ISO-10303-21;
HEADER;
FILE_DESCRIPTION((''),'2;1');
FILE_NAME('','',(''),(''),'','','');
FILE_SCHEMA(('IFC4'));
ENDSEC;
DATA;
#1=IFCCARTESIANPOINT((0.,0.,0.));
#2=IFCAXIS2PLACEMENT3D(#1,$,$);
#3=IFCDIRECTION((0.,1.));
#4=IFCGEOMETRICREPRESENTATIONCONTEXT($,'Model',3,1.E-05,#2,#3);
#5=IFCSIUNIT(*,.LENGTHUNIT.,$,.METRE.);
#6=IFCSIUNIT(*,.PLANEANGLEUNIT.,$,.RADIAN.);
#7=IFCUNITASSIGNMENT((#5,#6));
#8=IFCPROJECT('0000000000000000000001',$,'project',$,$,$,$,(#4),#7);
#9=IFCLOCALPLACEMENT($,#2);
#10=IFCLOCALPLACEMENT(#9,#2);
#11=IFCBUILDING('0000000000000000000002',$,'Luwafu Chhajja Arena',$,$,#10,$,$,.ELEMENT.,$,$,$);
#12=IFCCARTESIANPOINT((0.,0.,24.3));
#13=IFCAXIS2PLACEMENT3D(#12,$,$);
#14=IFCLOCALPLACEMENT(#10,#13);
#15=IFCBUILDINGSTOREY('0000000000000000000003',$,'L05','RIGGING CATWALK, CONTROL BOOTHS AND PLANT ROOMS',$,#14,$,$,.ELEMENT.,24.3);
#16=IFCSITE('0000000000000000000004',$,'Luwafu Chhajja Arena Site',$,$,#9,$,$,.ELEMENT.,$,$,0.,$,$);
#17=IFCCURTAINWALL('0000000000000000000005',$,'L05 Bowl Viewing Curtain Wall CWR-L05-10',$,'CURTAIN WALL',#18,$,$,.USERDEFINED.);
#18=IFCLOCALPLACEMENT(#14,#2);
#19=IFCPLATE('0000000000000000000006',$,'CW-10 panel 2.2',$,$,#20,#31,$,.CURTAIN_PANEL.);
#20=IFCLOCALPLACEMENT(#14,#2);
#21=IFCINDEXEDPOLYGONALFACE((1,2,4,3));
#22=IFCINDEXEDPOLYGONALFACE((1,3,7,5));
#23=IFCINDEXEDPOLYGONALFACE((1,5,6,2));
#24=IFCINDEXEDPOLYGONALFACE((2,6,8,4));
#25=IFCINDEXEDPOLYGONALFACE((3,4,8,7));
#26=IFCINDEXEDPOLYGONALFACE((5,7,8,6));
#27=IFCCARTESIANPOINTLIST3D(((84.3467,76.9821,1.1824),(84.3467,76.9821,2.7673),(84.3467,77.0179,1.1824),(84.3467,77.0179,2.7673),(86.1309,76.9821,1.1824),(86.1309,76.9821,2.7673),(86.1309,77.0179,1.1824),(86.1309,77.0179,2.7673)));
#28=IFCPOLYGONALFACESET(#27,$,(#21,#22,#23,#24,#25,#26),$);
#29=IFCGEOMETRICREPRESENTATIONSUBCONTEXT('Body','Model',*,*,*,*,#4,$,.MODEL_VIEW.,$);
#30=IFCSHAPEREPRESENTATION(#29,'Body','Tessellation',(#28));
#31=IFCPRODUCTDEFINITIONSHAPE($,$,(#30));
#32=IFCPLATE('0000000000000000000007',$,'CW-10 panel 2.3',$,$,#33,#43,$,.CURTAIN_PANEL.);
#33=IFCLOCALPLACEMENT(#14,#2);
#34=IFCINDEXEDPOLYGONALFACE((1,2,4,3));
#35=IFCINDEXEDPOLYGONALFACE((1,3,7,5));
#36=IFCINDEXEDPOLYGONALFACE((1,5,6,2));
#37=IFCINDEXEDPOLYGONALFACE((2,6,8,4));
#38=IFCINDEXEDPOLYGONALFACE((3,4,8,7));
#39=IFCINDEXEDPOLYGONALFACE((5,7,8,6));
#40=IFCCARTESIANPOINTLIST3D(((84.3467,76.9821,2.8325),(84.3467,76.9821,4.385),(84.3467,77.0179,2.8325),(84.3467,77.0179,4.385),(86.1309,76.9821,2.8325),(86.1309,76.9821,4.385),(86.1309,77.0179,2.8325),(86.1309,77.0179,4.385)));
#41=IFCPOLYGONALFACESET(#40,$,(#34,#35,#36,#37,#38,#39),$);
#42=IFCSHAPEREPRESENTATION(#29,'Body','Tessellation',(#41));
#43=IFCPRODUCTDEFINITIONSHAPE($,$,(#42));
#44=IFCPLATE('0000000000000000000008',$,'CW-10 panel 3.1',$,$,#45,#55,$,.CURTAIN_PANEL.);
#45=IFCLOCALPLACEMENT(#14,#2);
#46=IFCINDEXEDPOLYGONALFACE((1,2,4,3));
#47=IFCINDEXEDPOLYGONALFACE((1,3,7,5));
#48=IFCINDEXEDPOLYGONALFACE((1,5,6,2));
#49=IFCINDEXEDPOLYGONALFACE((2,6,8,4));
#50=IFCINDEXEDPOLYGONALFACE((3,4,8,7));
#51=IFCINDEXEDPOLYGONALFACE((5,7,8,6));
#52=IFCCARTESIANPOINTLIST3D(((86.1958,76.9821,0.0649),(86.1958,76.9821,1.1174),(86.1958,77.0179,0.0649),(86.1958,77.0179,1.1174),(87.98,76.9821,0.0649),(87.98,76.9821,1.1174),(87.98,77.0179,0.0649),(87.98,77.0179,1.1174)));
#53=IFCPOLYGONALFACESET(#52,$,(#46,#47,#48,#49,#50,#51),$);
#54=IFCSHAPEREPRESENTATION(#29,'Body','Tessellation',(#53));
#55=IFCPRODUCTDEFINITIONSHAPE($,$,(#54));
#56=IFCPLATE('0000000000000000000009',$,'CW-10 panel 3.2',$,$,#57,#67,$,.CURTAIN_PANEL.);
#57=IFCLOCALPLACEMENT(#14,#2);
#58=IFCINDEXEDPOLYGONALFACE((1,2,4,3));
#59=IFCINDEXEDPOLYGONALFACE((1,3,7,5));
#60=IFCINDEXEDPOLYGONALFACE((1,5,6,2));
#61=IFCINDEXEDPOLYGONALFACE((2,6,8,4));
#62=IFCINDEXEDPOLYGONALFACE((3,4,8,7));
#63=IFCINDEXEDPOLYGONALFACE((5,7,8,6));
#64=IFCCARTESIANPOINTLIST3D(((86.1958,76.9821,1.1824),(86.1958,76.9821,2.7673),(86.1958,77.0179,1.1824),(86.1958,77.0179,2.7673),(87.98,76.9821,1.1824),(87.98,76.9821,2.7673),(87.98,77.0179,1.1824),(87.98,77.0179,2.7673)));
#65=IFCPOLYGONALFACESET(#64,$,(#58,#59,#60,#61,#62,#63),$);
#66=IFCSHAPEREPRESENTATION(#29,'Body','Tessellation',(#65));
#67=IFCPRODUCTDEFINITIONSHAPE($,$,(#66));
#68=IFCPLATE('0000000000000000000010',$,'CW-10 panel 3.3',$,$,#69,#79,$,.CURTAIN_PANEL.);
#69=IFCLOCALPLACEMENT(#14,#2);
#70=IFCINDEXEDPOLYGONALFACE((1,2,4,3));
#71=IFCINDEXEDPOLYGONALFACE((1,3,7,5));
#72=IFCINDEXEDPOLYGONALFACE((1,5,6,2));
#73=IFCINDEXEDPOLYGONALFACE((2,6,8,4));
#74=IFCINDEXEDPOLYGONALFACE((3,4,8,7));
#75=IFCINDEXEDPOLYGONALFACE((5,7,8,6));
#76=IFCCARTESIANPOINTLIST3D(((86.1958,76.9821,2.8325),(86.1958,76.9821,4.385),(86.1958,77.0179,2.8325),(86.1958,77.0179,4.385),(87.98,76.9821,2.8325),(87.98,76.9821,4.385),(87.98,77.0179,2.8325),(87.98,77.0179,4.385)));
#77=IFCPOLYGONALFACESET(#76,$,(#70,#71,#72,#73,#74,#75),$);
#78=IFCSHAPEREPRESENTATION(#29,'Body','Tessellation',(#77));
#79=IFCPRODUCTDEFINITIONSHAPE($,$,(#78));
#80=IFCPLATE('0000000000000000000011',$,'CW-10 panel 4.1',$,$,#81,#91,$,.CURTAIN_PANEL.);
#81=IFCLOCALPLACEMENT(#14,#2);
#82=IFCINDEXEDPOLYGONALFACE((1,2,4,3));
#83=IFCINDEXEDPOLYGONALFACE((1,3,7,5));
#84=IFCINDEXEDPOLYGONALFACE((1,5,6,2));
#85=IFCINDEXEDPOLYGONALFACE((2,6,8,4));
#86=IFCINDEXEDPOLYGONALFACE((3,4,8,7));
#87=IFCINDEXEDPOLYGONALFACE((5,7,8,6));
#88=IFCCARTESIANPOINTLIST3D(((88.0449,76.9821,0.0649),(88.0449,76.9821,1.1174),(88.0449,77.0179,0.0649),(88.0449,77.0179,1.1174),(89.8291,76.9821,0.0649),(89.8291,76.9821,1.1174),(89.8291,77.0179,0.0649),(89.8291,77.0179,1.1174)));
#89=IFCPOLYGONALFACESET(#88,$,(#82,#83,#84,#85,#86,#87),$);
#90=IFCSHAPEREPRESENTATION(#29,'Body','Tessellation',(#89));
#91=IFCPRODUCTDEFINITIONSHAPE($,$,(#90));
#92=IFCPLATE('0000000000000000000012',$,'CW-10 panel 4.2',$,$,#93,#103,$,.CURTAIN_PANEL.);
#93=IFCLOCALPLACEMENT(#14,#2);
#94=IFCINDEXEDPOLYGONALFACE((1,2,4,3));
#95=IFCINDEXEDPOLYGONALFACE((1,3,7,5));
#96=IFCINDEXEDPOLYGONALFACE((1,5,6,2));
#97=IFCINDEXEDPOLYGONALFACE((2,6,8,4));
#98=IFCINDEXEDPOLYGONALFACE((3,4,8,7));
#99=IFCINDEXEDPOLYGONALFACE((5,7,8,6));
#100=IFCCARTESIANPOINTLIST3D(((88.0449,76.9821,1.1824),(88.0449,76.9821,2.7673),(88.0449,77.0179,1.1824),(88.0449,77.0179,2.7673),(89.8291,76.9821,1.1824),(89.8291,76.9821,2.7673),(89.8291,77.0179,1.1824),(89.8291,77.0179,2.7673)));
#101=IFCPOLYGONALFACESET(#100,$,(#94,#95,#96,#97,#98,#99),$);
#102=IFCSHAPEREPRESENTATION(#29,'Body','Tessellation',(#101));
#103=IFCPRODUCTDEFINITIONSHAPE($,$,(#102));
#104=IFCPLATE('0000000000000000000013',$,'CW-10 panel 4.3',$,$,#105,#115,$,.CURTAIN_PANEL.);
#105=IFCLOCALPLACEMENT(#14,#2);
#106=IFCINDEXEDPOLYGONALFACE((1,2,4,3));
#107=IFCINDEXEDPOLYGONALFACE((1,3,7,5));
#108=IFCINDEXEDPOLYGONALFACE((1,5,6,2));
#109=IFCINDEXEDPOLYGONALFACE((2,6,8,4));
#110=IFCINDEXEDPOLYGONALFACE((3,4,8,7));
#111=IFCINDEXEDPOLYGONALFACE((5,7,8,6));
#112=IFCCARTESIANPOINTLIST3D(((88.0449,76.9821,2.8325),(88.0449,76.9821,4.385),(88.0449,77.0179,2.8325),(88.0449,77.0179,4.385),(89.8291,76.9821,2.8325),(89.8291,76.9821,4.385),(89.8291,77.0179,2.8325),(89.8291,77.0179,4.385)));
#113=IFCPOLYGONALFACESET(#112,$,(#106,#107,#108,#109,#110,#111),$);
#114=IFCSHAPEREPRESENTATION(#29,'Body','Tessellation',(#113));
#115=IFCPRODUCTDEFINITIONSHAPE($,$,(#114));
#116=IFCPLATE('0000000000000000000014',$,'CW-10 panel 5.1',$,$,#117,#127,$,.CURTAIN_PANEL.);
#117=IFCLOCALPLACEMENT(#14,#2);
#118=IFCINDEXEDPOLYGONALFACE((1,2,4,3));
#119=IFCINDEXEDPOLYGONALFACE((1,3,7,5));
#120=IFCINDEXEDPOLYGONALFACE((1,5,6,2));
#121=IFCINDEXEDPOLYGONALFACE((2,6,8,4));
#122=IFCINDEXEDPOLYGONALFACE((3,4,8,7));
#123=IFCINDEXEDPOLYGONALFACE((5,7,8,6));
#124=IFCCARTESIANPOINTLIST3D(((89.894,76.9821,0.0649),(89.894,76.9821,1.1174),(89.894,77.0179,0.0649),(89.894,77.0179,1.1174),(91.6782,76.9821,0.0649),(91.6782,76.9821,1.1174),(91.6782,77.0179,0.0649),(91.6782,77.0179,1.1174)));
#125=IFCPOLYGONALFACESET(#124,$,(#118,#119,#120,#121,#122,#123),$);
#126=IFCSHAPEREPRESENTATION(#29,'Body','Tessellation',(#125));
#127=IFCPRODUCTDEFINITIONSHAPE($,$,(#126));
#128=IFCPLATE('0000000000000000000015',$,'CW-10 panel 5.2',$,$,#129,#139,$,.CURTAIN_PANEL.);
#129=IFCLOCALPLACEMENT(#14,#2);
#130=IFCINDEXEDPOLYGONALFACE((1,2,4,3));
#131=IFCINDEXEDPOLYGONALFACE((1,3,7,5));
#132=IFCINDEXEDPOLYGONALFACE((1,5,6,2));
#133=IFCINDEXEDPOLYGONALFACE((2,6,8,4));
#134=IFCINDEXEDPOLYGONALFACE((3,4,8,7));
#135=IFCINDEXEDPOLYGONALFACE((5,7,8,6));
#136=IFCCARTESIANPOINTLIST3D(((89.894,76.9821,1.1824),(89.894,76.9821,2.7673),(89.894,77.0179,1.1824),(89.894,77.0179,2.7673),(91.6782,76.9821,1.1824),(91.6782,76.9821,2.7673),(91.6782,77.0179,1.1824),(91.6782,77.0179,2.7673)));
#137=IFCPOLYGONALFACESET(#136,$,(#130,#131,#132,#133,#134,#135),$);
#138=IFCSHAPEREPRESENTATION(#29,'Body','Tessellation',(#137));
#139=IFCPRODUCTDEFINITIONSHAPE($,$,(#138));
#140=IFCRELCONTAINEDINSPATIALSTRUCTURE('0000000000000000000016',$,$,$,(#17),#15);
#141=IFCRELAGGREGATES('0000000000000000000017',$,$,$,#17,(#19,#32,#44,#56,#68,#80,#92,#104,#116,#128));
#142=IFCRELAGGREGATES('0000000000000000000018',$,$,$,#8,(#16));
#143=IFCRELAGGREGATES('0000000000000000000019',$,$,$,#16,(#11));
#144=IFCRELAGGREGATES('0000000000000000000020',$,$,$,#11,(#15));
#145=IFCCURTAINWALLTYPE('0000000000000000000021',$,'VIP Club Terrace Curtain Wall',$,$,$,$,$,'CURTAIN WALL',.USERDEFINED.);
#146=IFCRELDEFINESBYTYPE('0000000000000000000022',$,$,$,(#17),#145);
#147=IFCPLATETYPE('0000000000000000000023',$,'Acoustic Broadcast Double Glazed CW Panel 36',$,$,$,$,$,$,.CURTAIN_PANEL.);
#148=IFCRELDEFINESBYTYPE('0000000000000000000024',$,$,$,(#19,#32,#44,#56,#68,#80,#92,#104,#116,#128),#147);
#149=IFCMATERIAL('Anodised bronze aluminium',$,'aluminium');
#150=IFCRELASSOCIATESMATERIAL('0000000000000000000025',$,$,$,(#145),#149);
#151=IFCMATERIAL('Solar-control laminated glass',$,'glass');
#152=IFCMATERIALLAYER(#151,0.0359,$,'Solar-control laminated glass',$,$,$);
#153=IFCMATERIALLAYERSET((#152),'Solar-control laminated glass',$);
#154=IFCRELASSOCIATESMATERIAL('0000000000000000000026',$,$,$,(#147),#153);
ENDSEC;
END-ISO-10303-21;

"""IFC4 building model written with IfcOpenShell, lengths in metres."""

from ifc_helpers import new_model, si_unit, direction, frame, origin, origin_2d, place, context, subcontext, project, spatial, rectangle, extrude, material, layer, layer_set, type_object, element, aggregate, save


model = new_model("IFC4")

# Units and contexts
model_context = context("Model", 3, precision=1e-05, world=origin(), true_north=direction((0.0, 1.0)))
body_context = subcontext(model_context, "Body", "Model", "MODEL_VIEW")
ifc_project = project(units=[si_unit("LENGTHUNIT", "METRE"), si_unit("PLANEANGLEUNIT", "RADIAN")], contexts=[model_context])

# Site, building, storey
site_placement = place(None, origin())
site = spatial("IfcSite", under=ifc_project, at=site_placement, Name="Luwafu Chhajja Arena Site", CompositionType="ELEMENT", RefElevation=0.0)
building_placement = place(site_placement, origin())
building = spatial("IfcBuilding", under=site, at=building_placement, Name="Luwafu Chhajja Arena", CompositionType="ELEMENT")
storey_placement = place(building_placement, frame((0.0, 0.0, 24.3)))
storey = spatial("IfcBuildingStorey", under=building, at=storey_placement, Name="L05", Description="RIGGING CATWALK, CONTROL BOOTHS AND PLANT ROOMS", CompositionType="ELEMENT", Elevation=24.3)

# Curtain wall, plates
ifc_material_1 = material(Name="Anodised bronze aluminium", Category="aluminium")
curtain_wall_type = type_object("IfcCurtainWallType", Name="VIP Club Terrace Curtain Wall", ElementType="CURTAIN WALL", PredefinedType="USERDEFINED", material=ifc_material_1)
curtain_wall_placement = place(storey_placement, origin())
curtain_wall = element("IfcCurtainWall", 1, at=curtain_wall_placement, inside=storey, type_object=curtain_wall_type, Name="L05 Bowl Viewing Curtain Wall CWR-L05-10", ObjectType="CURTAIN WALL", PredefinedType="USERDEFINED")
ifc_material_2 = material(Name="Solar-control laminated glass", Category="glass")
ifc_layer = layer(ifc_material_2, 0.0359, Name="Solar-control laminated glass")
ifc_layer_set = layer_set([ifc_layer], Name="Solar-control laminated glass")
plate_type = type_object("IfcPlateType", Name="Acoustic Broadcast Double Glazed CW Panel 36", PredefinedType="CURTAIN_PANEL", material=ifc_layer_set)
plate_1_placement = place(storey_placement, frame((85.2388, 77.0, 1.1824), z_axis=(0.0, 0.0, 1.0), x_axis=(1.0, 0.0, 0.0)))
plate_1 = element("IfcPlate", 2, at=plate_1_placement, type_object=plate_type, Name="CW-10 panel 2.2", PredefinedType="CURTAIN_PANEL", context=body_context, shape_type="SweptSolid", body=[
    extrude(rectangle(XDim=1.7842, YDim=0.0359, at=origin_2d()), origin(), (0.0, 0.0, 1.0), 1.585),
])
plate_2_placement = place(storey_placement, frame((85.2388, 77.0, 2.8325), z_axis=(0.0, 0.0, 1.0), x_axis=(1.0, 0.0, 0.0)))
plate_2 = element("IfcPlate", 3, at=plate_2_placement, type_object=plate_type, Name="CW-10 panel 2.3", PredefinedType="CURTAIN_PANEL", context=body_context, shape_type="SweptSolid", body=[
    extrude(rectangle(XDim=1.7842, YDim=0.0359, at=origin_2d()), origin(), (0.0, 0.0, 1.0), 1.5525),
])
plate_3_placement = place(storey_placement, frame((87.0879, 77.0, 0.0649), z_axis=(0.0, 0.0, 1.0), x_axis=(1.0, 0.0, 0.0)))
plate_3 = element("IfcPlate", 4, at=plate_3_placement, type_object=plate_type, Name="CW-10 panel 3.1", PredefinedType="CURTAIN_PANEL", context=body_context, shape_type="SweptSolid", body=[
    extrude(rectangle(XDim=1.7842, YDim=0.0359, at=origin_2d()), origin(), (0.0, 0.0, 1.0), 1.0525),
])
plate_4_placement = place(storey_placement, frame((87.0879, 77.0, 1.1824), z_axis=(0.0, 0.0, 1.0), x_axis=(1.0, 0.0, 0.0)))
plate_4 = element("IfcPlate", 5, at=plate_4_placement, type_object=plate_type, Name="CW-10 panel 3.2", PredefinedType="CURTAIN_PANEL", context=body_context, shape_type="SweptSolid", body=[
    extrude(rectangle(XDim=1.7842, YDim=0.0359, at=origin_2d()), origin(), (0.0, 0.0, 1.0), 1.585),
])
plate_5_placement = place(storey_placement, frame((87.0879, 77.0, 2.8325), z_axis=(0.0, 0.0, 1.0), x_axis=(1.0, 0.0, 0.0)))
plate_5 = element("IfcPlate", 6, at=plate_5_placement, type_object=plate_type, Name="CW-10 panel 3.3", PredefinedType="CURTAIN_PANEL", context=body_context, shape_type="SweptSolid", body=[
    extrude(rectangle(XDim=1.7842, YDim=0.0359, at=origin_2d()), origin(), (0.0, 0.0, 1.0), 1.5525),
])
plate_6_placement = place(storey_placement, frame((88.937, 77.0, 0.0649), z_axis=(0.0, 0.0, 1.0), x_axis=(1.0, 0.0, 0.0)))
plate_6 = element("IfcPlate", 7, at=plate_6_placement, type_object=plate_type, Name="CW-10 panel 4.1", PredefinedType="CURTAIN_PANEL", context=body_context, shape_type="SweptSolid", body=[
    extrude(rectangle(XDim=1.7842, YDim=0.0359, at=origin_2d()), origin(), (0.0, 0.0, 1.0), 1.0525),
])
plate_7_placement = place(storey_placement, frame((88.937, 77.0, 1.1824), z_axis=(0.0, 0.0, 1.0), x_axis=(1.0, 0.0, 0.0)))
plate_7 = element("IfcPlate", 8, at=plate_7_placement, type_object=plate_type, Name="CW-10 panel 4.2", PredefinedType="CURTAIN_PANEL", context=body_context, shape_type="SweptSolid", body=[
    extrude(rectangle(XDim=1.7842, YDim=0.0359, at=origin_2d()), origin(), (0.0, 0.0, 1.0), 1.585),
])
plate_8_placement = place(storey_placement, frame((88.937, 77.0, 2.8325), z_axis=(0.0, 0.0, 1.0), x_axis=(1.0, 0.0, 0.0)))
plate_8 = element("IfcPlate", 9, at=plate_8_placement, type_object=plate_type, Name="CW-10 panel 4.3", PredefinedType="CURTAIN_PANEL", context=body_context, shape_type="SweptSolid", body=[
    extrude(rectangle(XDim=1.7842, YDim=0.0359, at=origin_2d()), origin(), (0.0, 0.0, 1.0), 1.5525),
])
plate_9_placement = place(storey_placement, frame((90.7861, 77.0, 0.0649), z_axis=(0.0, 0.0, 1.0), x_axis=(1.0, 0.0, 0.0)))
plate_9 = element("IfcPlate", 10, at=plate_9_placement, type_object=plate_type, Name="CW-10 panel 5.1", PredefinedType="CURTAIN_PANEL", context=body_context, shape_type="SweptSolid", body=[
    extrude(rectangle(XDim=1.7842, YDim=0.0359, at=origin_2d()), origin(), (0.0, 0.0, 1.0), 1.0525),
])
plate_10_placement = place(storey_placement, frame((90.7861, 77.0, 1.1824), z_axis=(0.0, 0.0, 1.0), x_axis=(1.0, 0.0, 0.0)))
plate_10 = element("IfcPlate", 11, at=plate_10_placement, type_object=plate_type, Name="CW-10 panel 5.2", PredefinedType="CURTAIN_PANEL", context=body_context, shape_type="SweptSolid", body=[
    extrude(rectangle(XDim=1.7842, YDim=0.0359, at=origin_2d()), origin(), (0.0, 0.0, 1.0), 1.585),
])
aggregate(curtain_wall, [plate_1, plate_2, plate_3, plate_4, plate_5, plate_6, plate_7, plate_8, plate_9, plate_10])

save(model, "model.ifc")
